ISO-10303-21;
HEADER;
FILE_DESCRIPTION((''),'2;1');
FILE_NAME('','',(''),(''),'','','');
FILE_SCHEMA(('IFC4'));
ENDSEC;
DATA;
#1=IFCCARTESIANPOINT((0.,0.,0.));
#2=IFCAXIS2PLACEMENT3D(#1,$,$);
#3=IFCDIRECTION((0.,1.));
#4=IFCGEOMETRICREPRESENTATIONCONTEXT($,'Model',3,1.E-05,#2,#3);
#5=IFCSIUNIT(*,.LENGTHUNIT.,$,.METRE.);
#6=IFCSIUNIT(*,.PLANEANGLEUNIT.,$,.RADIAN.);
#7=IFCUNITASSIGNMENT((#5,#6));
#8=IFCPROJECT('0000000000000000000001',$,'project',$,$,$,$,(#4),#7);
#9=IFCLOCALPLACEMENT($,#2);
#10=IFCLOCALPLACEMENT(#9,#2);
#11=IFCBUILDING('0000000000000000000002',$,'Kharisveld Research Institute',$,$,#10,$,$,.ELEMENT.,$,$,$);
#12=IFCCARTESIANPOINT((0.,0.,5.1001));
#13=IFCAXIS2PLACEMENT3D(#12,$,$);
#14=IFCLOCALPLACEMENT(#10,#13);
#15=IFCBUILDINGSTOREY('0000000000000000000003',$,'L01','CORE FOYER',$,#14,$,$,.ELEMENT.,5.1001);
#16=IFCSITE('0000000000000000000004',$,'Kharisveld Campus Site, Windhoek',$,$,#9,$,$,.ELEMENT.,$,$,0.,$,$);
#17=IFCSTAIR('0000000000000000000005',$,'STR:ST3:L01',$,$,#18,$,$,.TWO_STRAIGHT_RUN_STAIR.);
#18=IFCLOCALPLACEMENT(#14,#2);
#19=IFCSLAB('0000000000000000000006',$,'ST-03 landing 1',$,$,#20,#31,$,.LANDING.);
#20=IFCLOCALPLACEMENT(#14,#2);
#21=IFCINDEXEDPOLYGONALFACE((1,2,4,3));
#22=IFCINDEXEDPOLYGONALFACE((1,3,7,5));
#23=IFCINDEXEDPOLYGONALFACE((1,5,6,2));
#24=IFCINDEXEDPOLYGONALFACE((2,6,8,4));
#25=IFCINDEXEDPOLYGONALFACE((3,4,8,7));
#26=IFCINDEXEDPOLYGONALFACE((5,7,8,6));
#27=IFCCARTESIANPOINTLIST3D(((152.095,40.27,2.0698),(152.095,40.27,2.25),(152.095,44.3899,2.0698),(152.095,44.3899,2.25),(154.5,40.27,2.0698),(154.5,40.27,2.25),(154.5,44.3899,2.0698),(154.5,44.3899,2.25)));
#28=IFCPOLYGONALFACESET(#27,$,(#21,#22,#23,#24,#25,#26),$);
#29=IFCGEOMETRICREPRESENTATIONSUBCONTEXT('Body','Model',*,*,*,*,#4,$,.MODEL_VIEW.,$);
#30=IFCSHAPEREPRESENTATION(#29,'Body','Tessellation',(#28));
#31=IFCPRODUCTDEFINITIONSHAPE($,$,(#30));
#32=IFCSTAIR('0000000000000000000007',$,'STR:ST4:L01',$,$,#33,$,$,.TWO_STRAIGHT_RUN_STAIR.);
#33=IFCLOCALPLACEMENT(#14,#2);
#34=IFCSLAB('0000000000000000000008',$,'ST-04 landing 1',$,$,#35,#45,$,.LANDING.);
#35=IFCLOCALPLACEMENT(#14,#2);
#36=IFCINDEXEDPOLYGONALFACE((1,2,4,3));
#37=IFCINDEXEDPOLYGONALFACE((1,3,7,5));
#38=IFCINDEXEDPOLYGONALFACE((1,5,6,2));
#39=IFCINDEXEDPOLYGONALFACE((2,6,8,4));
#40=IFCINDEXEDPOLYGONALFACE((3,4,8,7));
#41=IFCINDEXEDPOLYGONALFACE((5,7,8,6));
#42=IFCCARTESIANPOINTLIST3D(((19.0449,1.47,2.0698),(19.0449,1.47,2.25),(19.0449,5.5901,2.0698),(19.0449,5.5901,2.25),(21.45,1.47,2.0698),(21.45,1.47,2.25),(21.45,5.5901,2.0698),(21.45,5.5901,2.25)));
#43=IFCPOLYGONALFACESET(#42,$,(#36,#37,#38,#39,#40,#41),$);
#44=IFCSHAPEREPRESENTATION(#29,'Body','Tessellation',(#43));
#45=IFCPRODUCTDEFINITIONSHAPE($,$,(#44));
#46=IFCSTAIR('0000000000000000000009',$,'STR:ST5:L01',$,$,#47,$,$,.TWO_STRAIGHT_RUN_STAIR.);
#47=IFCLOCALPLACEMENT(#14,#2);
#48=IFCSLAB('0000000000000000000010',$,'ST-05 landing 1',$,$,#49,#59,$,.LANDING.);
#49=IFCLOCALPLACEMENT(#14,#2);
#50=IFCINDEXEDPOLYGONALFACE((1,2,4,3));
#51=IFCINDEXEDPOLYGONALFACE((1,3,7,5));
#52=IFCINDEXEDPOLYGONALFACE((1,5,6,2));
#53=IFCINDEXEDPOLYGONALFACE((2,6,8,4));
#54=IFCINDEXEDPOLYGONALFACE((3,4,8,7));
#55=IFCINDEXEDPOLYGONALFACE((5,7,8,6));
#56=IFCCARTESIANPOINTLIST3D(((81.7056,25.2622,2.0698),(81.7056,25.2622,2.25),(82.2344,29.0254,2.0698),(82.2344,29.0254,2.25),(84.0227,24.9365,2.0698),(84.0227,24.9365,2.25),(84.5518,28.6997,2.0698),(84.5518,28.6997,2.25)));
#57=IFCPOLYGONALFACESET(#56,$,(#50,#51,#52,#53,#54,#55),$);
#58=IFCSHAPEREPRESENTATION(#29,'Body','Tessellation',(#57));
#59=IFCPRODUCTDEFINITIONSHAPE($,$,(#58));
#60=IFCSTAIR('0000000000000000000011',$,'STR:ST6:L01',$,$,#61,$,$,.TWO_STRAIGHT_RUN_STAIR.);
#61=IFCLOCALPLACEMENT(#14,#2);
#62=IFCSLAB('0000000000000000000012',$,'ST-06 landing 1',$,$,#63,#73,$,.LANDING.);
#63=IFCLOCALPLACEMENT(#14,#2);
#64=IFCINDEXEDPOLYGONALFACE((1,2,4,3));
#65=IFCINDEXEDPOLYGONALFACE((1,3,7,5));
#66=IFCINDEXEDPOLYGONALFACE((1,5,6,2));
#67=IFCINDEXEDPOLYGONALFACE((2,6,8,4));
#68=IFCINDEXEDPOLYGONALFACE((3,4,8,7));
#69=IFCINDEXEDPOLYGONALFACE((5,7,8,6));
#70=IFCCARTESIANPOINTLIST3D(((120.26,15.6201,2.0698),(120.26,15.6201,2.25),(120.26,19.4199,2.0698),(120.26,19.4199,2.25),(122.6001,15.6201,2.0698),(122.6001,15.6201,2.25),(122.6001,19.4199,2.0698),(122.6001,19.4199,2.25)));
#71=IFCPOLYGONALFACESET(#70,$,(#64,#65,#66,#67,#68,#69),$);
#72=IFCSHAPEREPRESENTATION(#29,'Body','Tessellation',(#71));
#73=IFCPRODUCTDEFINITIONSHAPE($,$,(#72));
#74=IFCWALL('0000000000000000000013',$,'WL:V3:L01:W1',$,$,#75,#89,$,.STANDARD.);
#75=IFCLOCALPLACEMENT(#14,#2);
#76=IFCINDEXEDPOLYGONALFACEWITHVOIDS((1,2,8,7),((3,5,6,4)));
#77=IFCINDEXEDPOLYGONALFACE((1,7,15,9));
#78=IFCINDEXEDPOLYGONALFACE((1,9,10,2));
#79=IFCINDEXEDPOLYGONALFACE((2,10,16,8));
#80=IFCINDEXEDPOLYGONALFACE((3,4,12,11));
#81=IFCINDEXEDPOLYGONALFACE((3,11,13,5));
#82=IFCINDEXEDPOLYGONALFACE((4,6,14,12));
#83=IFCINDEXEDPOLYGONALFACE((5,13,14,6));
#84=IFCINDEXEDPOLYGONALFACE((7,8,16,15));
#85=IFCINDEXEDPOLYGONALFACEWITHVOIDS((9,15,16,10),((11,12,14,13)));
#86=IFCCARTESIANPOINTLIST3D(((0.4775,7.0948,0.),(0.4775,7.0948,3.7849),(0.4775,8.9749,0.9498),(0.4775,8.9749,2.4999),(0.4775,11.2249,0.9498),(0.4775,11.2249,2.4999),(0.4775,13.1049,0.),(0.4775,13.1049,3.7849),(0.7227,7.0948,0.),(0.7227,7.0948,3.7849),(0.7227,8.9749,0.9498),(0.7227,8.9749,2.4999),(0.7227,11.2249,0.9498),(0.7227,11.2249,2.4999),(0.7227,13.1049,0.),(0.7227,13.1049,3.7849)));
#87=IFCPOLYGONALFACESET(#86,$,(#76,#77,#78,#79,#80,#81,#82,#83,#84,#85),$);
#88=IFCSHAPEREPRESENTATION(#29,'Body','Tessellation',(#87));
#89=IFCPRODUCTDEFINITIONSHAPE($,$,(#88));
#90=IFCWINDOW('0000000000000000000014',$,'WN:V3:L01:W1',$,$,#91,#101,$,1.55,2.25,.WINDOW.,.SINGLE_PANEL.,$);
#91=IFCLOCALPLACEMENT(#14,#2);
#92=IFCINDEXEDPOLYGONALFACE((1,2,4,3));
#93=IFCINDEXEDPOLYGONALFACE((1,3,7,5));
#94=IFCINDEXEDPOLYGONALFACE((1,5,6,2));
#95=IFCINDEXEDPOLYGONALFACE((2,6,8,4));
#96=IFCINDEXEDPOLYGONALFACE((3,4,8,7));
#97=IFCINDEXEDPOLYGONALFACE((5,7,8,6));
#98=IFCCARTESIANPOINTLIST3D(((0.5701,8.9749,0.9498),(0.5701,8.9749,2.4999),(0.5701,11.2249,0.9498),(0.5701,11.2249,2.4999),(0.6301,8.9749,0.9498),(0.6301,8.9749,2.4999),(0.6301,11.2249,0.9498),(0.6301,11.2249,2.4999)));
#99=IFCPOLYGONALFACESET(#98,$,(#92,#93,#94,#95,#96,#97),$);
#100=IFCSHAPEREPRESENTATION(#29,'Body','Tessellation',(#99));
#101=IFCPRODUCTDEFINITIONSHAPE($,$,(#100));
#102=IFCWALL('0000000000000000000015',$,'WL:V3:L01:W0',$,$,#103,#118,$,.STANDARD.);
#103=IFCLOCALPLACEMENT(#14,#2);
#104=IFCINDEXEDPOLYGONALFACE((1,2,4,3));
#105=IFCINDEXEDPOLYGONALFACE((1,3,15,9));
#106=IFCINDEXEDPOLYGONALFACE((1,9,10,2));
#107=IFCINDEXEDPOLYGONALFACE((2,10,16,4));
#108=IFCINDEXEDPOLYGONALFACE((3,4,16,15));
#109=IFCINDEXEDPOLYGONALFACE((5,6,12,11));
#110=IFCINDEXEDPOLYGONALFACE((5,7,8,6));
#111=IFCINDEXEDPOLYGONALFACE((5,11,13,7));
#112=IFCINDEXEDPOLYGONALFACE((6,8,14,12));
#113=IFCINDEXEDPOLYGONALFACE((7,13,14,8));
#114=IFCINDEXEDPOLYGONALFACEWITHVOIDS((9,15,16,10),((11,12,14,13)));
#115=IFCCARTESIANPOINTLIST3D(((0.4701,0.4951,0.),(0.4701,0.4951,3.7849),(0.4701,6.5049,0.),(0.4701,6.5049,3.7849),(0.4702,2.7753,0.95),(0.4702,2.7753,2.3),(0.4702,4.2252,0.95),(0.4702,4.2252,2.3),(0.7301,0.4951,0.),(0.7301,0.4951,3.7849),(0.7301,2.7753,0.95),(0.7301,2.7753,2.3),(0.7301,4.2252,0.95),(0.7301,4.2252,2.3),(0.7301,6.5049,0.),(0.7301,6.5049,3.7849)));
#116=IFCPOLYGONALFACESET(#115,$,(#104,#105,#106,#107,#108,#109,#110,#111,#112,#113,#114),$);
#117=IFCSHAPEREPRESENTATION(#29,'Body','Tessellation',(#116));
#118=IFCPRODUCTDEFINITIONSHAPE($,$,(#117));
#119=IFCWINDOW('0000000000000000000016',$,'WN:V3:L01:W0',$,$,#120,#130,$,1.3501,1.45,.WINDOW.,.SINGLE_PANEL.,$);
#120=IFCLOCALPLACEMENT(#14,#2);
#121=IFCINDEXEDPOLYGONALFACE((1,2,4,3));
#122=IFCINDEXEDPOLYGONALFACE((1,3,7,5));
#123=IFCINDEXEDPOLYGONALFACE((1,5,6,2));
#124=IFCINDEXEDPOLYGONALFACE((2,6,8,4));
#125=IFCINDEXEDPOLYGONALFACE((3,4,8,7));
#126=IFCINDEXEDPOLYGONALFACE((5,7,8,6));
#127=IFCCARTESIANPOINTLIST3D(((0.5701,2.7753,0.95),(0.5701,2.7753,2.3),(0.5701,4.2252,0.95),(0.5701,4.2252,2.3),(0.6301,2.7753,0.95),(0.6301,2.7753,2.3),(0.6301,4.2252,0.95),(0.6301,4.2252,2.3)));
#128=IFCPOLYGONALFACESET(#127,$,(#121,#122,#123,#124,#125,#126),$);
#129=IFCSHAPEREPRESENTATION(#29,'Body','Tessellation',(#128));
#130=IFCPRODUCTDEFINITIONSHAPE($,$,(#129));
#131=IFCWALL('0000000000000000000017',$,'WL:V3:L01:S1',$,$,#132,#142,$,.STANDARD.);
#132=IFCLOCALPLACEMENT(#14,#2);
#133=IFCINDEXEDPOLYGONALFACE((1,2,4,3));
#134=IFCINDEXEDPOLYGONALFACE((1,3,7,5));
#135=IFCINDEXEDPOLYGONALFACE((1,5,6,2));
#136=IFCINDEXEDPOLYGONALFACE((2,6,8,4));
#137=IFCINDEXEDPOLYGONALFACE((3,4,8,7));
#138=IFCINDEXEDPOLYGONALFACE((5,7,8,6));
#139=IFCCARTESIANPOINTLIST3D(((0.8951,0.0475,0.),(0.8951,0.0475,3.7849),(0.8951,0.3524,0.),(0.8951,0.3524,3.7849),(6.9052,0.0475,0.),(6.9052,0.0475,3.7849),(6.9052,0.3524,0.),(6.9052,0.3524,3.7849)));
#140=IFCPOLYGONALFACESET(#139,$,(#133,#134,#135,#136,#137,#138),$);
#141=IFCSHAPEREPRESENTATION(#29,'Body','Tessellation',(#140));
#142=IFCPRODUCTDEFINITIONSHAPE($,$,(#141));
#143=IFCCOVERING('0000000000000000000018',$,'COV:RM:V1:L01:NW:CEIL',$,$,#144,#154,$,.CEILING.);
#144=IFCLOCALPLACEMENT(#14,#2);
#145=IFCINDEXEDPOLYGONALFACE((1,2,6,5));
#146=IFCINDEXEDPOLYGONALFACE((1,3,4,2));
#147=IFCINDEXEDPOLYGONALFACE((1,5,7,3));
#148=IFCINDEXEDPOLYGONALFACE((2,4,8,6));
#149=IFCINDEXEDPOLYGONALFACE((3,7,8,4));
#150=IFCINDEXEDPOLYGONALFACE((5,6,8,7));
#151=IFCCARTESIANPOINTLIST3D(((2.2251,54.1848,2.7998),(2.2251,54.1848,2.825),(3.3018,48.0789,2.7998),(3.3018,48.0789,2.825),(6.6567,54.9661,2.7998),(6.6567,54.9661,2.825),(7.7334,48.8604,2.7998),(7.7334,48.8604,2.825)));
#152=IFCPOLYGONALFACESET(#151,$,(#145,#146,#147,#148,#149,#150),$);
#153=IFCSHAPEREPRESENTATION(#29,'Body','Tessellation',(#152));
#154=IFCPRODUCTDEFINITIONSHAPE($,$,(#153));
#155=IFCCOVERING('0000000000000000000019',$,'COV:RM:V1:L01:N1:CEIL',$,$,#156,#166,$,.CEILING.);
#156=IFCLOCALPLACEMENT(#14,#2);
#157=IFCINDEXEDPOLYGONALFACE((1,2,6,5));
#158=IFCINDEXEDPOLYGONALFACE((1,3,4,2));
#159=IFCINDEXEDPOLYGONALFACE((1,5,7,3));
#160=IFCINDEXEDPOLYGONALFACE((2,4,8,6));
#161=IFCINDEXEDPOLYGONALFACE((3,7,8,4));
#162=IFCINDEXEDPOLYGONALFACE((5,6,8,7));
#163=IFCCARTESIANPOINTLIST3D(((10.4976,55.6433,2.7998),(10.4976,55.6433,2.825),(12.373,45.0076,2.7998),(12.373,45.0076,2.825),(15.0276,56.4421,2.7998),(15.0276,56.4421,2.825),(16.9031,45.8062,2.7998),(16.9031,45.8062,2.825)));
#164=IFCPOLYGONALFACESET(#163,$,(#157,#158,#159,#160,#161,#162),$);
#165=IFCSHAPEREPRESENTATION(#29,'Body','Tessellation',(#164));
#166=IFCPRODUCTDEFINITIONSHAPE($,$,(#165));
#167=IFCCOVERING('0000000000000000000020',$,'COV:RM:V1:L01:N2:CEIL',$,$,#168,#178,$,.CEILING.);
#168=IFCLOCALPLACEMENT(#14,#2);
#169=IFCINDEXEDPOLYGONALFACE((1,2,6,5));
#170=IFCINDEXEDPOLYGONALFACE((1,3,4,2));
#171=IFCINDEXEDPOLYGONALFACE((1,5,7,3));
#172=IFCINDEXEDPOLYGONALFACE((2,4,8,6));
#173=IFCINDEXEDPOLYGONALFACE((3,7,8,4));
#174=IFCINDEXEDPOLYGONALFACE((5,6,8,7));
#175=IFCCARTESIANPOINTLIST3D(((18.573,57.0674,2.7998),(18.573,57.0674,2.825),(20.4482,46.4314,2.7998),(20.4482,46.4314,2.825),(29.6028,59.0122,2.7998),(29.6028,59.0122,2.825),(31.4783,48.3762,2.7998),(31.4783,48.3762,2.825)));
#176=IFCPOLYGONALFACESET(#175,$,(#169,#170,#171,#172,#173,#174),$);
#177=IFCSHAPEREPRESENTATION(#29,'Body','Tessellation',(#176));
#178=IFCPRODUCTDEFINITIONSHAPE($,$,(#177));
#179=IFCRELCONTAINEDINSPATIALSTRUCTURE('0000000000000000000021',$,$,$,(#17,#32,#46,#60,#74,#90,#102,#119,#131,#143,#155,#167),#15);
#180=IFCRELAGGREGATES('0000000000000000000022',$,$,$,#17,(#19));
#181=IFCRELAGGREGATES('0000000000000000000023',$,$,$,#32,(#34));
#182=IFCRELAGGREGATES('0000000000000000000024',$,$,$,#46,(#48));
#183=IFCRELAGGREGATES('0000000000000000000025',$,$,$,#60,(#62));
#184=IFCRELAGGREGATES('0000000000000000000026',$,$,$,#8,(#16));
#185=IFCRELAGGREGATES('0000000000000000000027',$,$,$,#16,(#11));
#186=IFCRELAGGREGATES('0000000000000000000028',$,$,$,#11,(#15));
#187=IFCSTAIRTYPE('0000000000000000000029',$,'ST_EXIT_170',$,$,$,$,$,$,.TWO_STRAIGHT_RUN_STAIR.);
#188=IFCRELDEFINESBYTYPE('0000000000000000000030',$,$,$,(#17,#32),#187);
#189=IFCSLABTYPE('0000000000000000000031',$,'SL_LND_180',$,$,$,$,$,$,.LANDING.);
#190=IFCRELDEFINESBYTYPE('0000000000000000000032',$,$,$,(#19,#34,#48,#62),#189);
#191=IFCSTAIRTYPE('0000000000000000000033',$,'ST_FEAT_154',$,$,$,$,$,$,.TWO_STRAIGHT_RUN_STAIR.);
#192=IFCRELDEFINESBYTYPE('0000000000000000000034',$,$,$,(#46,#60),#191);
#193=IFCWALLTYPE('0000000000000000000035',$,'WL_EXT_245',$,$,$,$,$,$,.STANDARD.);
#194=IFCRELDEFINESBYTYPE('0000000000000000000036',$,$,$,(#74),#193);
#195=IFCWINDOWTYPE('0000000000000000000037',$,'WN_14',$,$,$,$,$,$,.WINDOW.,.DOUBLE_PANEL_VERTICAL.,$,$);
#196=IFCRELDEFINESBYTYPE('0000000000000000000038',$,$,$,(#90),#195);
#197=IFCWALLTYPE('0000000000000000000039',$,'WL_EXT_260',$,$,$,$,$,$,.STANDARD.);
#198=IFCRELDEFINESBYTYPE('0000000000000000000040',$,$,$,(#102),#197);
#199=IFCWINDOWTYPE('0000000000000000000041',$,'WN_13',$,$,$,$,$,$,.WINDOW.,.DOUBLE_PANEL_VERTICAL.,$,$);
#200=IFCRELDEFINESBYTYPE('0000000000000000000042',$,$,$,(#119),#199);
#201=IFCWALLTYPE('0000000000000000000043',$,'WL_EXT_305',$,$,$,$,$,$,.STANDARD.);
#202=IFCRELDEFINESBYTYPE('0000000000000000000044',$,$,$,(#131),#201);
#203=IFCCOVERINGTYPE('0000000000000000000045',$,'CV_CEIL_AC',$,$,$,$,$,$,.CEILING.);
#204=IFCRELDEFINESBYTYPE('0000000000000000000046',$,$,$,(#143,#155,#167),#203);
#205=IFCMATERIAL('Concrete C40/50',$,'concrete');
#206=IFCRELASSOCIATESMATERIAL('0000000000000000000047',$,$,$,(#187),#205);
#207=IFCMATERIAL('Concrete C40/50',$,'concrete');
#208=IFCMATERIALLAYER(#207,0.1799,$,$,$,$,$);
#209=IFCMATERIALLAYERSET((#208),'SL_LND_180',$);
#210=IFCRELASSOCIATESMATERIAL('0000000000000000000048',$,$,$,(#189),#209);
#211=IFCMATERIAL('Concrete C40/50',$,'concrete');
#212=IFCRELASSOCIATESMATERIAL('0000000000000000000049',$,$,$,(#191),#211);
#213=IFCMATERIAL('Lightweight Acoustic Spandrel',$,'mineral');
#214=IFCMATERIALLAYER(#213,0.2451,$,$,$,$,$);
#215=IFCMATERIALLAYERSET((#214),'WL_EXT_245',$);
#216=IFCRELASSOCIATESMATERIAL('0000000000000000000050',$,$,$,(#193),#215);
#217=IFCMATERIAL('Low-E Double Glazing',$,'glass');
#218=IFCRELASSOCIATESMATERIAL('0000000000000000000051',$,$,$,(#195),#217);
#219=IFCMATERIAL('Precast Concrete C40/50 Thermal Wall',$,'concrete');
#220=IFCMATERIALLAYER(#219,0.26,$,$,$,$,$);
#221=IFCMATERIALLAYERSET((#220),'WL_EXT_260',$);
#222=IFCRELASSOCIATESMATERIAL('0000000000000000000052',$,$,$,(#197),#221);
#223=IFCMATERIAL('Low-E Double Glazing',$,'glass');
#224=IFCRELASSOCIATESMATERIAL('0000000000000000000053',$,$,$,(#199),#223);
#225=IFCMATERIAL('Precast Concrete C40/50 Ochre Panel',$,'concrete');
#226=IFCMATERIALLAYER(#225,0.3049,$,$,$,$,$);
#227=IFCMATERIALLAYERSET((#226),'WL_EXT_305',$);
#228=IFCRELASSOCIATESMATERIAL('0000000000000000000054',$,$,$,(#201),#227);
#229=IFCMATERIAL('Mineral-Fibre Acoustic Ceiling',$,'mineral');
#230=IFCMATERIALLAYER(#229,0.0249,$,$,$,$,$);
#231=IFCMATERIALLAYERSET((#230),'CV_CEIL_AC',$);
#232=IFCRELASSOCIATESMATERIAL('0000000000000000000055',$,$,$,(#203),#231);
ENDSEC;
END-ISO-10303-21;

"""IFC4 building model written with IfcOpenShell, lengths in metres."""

from ifc_helpers import new_model, si_unit, direction, frame, frame_2d, origin, place, context, subcontext, project, spatial, polyline, rectangle, outline, extrude, material, layer, layer_set, type_object, element, fill, aggregate, save


model = new_model("IFC4")

# Units and contexts
model_context = context("Model", 3, precision=1e-05, world=origin(), true_north=direction((0.0, 1.0)))
body_context = subcontext(model_context, "Body", "Model", "MODEL_VIEW")
ifc_project = project(units=[si_unit("LENGTHUNIT", "METRE"), si_unit("PLANEANGLEUNIT", "RADIAN")], contexts=[model_context])

# Site, building, storey
site_placement = place(None, origin())
site = spatial("IfcSite", under=ifc_project, at=site_placement, Name="Kharisveld Campus Site, Windhoek", CompositionType="ELEMENT", RefElevation=0.0)
building_placement = place(site_placement, origin())
building = spatial("IfcBuilding", under=site, at=building_placement, Name="Kharisveld Research Institute", CompositionType="ELEMENT")
storey_placement = place(building_placement, frame((0.0, 0.0, 5.1001)))
storey = spatial("IfcBuildingStorey", under=building, at=storey_placement, Name="L01", Description="CORE FOYER", CompositionType="ELEMENT", Elevation=5.1001)

# Stairs, slabs
ifc_material_1 = material(Name="Concrete C40/50", Category="concrete")
stair_type_1 = type_object("IfcStairType", Name="ST_EXIT_170", PredefinedType="TWO_STRAIGHT_RUN_STAIR", material=ifc_material_1)
ifc_material_2 = material(Name="Concrete C40/50", Category="concrete")
ifc_layer_1 = layer(ifc_material_2, 0.1799)
ifc_layer_set_1 = layer_set([ifc_layer_1], Name="SL_LND_180")
slab_type_1 = type_object("IfcSlabType", Name="SL_LND_180", PredefinedType="LANDING", material=ifc_layer_set_1)
stair_1_placement = place(storey_placement, origin())
stair_1 = element("IfcStair", 1, at=stair_1_placement, inside=storey, type_object=stair_type_1, Name="STR:ST3:L01", PredefinedType="TWO_STRAIGHT_RUN_STAIR")
slab_1_placement = place(storey_placement, frame((0.0, 0.0, 2.0698)))
slab_1 = element("IfcSlab", 2, at=slab_1_placement, type_object=slab_type_1, Name="ST-03 landing 1", PredefinedType="LANDING", context=body_context, shape_type="SweptSolid", body=[
    extrude(outline(polyline([(152.095, 40.27), (154.5, 40.27), (154.5, 44.3899), (152.095, 44.3899), (152.095, 40.27)])), origin(), (0.0, 0.0, 1.0), 0.1802),
])
aggregate(stair_1, [slab_1])
stair_2_placement = place(storey_placement, origin())
stair_2 = element("IfcStair", 3, at=stair_2_placement, inside=storey, type_object=stair_type_1, Name="STR:ST4:L01", PredefinedType="TWO_STRAIGHT_RUN_STAIR")
slab_2_placement = place(storey_placement, frame((0.0, 0.0, 2.0698)))
slab_2 = element("IfcSlab", 4, at=slab_2_placement, type_object=slab_type_1, Name="ST-04 landing 1", PredefinedType="LANDING", context=body_context, shape_type="SweptSolid", body=[
    extrude(outline(polyline([(19.0449, 1.47), (21.45, 1.47), (21.45, 5.5901), (19.0449, 5.5901), (19.0449, 1.47)])), origin(), (0.0, 0.0, 1.0), 0.1802),
])
aggregate(stair_2, [slab_2])
ifc_material_3 = material(Name="Concrete C40/50", Category="concrete")
stair_type_2 = type_object("IfcStairType", Name="ST_FEAT_154", PredefinedType="TWO_STRAIGHT_RUN_STAIR", material=ifc_material_3)
stair_3_placement = place(storey_placement, origin())
stair_3 = element("IfcStair", 5, at=stair_3_placement, inside=storey, type_object=stair_type_2, Name="STR:ST5:L01", PredefinedType="TWO_STRAIGHT_RUN_STAIR")
slab_3_placement = place(storey_placement, frame((0.0, 0.0, 2.0698)))
slab_3 = element("IfcSlab", 6, at=slab_3_placement, type_object=slab_type_1, Name="ST-05 landing 1", PredefinedType="LANDING", context=body_context, shape_type="SweptSolid", body=[
    extrude(outline(polyline([(81.7056, 25.2622), (84.0227, 24.9365), (84.5518, 28.6997), (82.2344, 29.0254), (81.7056, 25.2622)])), origin(), (0.0, 0.0, 1.0), 0.1802),
])
aggregate(stair_3, [slab_3])
stair_4_placement = place(storey_placement, origin())
stair_4 = element("IfcStair", 7, at=stair_4_placement, inside=storey, type_object=stair_type_2, Name="STR:ST6:L01", PredefinedType="TWO_STRAIGHT_RUN_STAIR")
slab_4_placement = place(storey_placement, frame((0.0, 0.0, 2.0698)))
slab_4 = element("IfcSlab", 8, at=slab_4_placement, type_object=slab_type_1, Name="ST-06 landing 1", PredefinedType="LANDING", context=body_context, shape_type="SweptSolid", body=[
    extrude(outline(polyline([(120.26, 15.6201), (122.6001, 15.6201), (122.6001, 19.4199), (120.26, 19.4199), (120.26, 15.6201)])), origin(), (0.0, 0.0, 1.0), 0.1802),
])
aggregate(stair_4, [slab_4])

# Walls, openings, windows
ifc_material_4 = material(Name="Lightweight Acoustic Spandrel", Category="mineral")
ifc_layer_2 = layer(ifc_material_4, 0.2451)
ifc_layer_set_2 = layer_set([ifc_layer_2], Name="WL_EXT_245")
wall_type_1 = type_object("IfcWallType", Name="WL_EXT_245", PredefinedType="STANDARD", material=ifc_layer_set_2)
wall_1_placement = place(storey_placement, frame((0.6001, 7.095, 0.0), z_axis=(0.0, 0.0, 1.0), x_axis=(0.0, 1.0, 0.0)))
wall_1 = element("IfcWall", 9, at=wall_1_placement, inside=storey, type_object=wall_type_1, Name="WL:V3:L01:W1", PredefinedType="STANDARD", context=body_context, shape_type="SweptSolid", body=[
    extrude(rectangle(XDim=6.01, YDim=0.2451, at=frame_2d((3.0049, 0.0))), origin(), (0.0, 0.0, 1.0), 3.7849),
])
opening_1_placement = place(wall_1_placement, frame((1.8799, 0.0, 0.95)))
opening_1 = element("IfcOpeningElement", 10, at=opening_1_placement, cuts=wall_1, PredefinedType="OPENING", context=body_context, shape_type="SweptSolid", body=[
    extrude(rectangle(XDim=2.25, YDim=1.55, at=frame_2d((1.125, 0.7749))), frame((0.0, 0.1226, 0.0), z_axis=(0.0, -1.0, 0.0), x_axis=(1.0, 0.0, 0.0)), (0.0, 0.0, 1.0), 0.2451),
])
ifc_material_5 = material(Name="Low-E Double Glazing", Category="glass")
window_type_1 = type_object("IfcWindowType", Name="WN_14", PartitioningType="DOUBLE_PANEL_VERTICAL", PredefinedType="WINDOW", material=ifc_material_5)
window_1_placement = place(opening_1_placement, origin())
window_1 = element("IfcWindow", 11, at=window_1_placement, inside=storey, type_object=window_type_1, Name="WN:V3:L01:W1", OverallHeight=1.55, OverallWidth=2.25, PartitioningType="SINGLE_PANEL", PredefinedType="WINDOW", context=body_context, shape_type="SweptSolid", body=[
    extrude(rectangle(XDim=2.25, YDim=1.55, at=frame_2d((1.125, 0.7749))), frame((0.0, 0.03, 0.0), z_axis=(0.0, -1.0, 0.0), x_axis=(1.0, 0.0, 0.0)), (0.0, 0.0, 1.0), 0.0601),
])
fill(opening_1, window_1)
ifc_material_6 = material(Name="Precast Concrete C40/50 Thermal Wall", Category="concrete")
ifc_layer_3 = layer(ifc_material_6, 0.26)
ifc_layer_set_3 = layer_set([ifc_layer_3], Name="WL_EXT_260")
wall_type_2 = type_object("IfcWallType", Name="WL_EXT_260", PredefinedType="STANDARD", material=ifc_layer_set_3)
wall_2_placement = place(storey_placement, frame((0.6001, 0.4951, 0.0), z_axis=(0.0, 0.0, 1.0), x_axis=(0.0, 1.0, 0.0)))
wall_2 = element("IfcWall", 12, at=wall_2_placement, inside=storey, type_object=wall_type_2, Name="WL:V3:L01:W0", PredefinedType="STANDARD", context=body_context, shape_type="SweptSolid", body=[
    extrude(rectangle(XDim=6.0098, YDim=0.26, at=frame_2d((3.0049, 0.0))), origin(), (0.0, 0.0, 1.0), 3.7849),
])
opening_2_placement = place(wall_2_placement, frame((2.28, 0.0, 0.95)))
opening_2 = element("IfcOpeningElement", 13, at=opening_2_placement, cuts=wall_2, PredefinedType="OPENING", context=body_context, shape_type="SweptSolid", body=[
    extrude(rectangle(XDim=1.45, YDim=1.3501, at=frame_2d((0.7251, 0.675))), frame((0.0, 0.1299, 0.0), z_axis=(0.0, -1.0, 0.0), x_axis=(1.0, 0.0, 0.0)), (0.0, 0.0, 1.0), 0.26),
])
ifc_material_7 = material(Name="Low-E Double Glazing", Category="glass")
window_type_2 = type_object("IfcWindowType", Name="WN_13", PartitioningType="DOUBLE_PANEL_VERTICAL", PredefinedType="WINDOW", material=ifc_material_7)
window_2_placement = place(opening_2_placement, origin())
window_2 = element("IfcWindow", 14, at=window_2_placement, inside=storey, type_object=window_type_2, Name="WN:V3:L01:W0", OverallHeight=1.3501, OverallWidth=1.45, PartitioningType="SINGLE_PANEL", PredefinedType="WINDOW", context=body_context, shape_type="SweptSolid", body=[
    extrude(rectangle(XDim=1.45, YDim=1.3501, at=frame_2d((0.7251, 0.675))), frame((0.0, 0.03, 0.0), z_axis=(0.0, -1.0, 0.0), x_axis=(1.0, 0.0, 0.0)), (0.0, 0.0, 1.0), 0.0601),
])
fill(opening_2, window_2)

# Wall
ifc_material_8 = material(Name="Precast Concrete C40/50 Ochre Panel", Category="concrete")
ifc_layer_4 = layer(ifc_material_8, 0.3049)
ifc_layer_set_4 = layer_set([ifc_layer_4], Name="WL_EXT_305")
wall_type_3 = type_object("IfcWallType", Name="WL_EXT_305", PredefinedType="STANDARD", material=ifc_layer_set_4)
wall_3_placement = place(storey_placement, frame((6.905, 0.2, 0.0), z_axis=(0.0, 0.0, 1.0), x_axis=(-1.0, 0.0, 0.0)))
element("IfcWall", 15, at=wall_3_placement, inside=storey, type_object=wall_type_3, Name="WL:V3:L01:S1", PredefinedType="STANDARD", context=body_context, shape_type="SweptSolid", body=[
    extrude(rectangle(XDim=6.01, YDim=0.3049, at=frame_2d((3.0049, 0.0))), origin(), (0.0, 0.0, 1.0), 3.7849),
])

# Coverings
ifc_material_9 = material(Name="Mineral-Fibre Acoustic Ceiling", Category="mineral")
ifc_layer_5 = layer(ifc_material_9, 0.0249)
ifc_layer_set_5 = layer_set([ifc_layer_5], Name="CV_CEIL_AC")
covering_type_1 = type_object("IfcCoveringType", Name="CV_CEIL_AC", PredefinedType="CEILING", material=ifc_layer_set_5)
covering_1_placement = place(storey_placement, frame((0.0, 0.0, 2.7998)))
element("IfcCovering", 16, at=covering_1_placement, inside=storey, type_object=covering_type_1, Name="COV:RM:V1:L01:NW:CEIL", PredefinedType="CEILING", context=body_context, shape_type="SweptSolid", body=[
    extrude(outline(polyline([(3.3018, 48.0789), (7.7334, 48.8604), (6.6567, 54.9661), (2.2251, 54.1848), (3.3018, 48.0789)])), origin(), (0.0, 0.0, 1.0), 0.0251),
])
covering_2_placement = place(storey_placement, frame((0.0, 0.0, 2.7998)))
element("IfcCovering", 17, at=covering_2_placement, inside=storey, type_object=covering_type_1, Name="COV:RM:V1:L01:N1:CEIL", PredefinedType="CEILING", context=body_context, shape_type="SweptSolid", body=[
    extrude(outline(polyline([(12.373, 45.0076), (16.9031, 45.8062), (15.0276, 56.4421), (10.4976, 55.6433), (12.373, 45.0076)])), origin(), (0.0, 0.0, 1.0), 0.0251),
])
covering_3_placement = place(storey_placement, frame((0.0, 0.0, 2.7998)))
element("IfcCovering", 18, at=covering_3_placement, inside=storey, type_object=covering_type_1, Name="COV:RM:V1:L01:N2:CEIL", PredefinedType="CEILING", context=body_context, shape_type="SweptSolid", body=[
    extrude(outline(polyline([(20.4482, 46.4314), (31.4783, 48.3762), (29.6028, 59.0122), (18.573, 57.0674), (20.4482, 46.4314)])), origin(), (0.0, 0.0, 1.0), 0.0251),
])

save(model, "model.ifc")
